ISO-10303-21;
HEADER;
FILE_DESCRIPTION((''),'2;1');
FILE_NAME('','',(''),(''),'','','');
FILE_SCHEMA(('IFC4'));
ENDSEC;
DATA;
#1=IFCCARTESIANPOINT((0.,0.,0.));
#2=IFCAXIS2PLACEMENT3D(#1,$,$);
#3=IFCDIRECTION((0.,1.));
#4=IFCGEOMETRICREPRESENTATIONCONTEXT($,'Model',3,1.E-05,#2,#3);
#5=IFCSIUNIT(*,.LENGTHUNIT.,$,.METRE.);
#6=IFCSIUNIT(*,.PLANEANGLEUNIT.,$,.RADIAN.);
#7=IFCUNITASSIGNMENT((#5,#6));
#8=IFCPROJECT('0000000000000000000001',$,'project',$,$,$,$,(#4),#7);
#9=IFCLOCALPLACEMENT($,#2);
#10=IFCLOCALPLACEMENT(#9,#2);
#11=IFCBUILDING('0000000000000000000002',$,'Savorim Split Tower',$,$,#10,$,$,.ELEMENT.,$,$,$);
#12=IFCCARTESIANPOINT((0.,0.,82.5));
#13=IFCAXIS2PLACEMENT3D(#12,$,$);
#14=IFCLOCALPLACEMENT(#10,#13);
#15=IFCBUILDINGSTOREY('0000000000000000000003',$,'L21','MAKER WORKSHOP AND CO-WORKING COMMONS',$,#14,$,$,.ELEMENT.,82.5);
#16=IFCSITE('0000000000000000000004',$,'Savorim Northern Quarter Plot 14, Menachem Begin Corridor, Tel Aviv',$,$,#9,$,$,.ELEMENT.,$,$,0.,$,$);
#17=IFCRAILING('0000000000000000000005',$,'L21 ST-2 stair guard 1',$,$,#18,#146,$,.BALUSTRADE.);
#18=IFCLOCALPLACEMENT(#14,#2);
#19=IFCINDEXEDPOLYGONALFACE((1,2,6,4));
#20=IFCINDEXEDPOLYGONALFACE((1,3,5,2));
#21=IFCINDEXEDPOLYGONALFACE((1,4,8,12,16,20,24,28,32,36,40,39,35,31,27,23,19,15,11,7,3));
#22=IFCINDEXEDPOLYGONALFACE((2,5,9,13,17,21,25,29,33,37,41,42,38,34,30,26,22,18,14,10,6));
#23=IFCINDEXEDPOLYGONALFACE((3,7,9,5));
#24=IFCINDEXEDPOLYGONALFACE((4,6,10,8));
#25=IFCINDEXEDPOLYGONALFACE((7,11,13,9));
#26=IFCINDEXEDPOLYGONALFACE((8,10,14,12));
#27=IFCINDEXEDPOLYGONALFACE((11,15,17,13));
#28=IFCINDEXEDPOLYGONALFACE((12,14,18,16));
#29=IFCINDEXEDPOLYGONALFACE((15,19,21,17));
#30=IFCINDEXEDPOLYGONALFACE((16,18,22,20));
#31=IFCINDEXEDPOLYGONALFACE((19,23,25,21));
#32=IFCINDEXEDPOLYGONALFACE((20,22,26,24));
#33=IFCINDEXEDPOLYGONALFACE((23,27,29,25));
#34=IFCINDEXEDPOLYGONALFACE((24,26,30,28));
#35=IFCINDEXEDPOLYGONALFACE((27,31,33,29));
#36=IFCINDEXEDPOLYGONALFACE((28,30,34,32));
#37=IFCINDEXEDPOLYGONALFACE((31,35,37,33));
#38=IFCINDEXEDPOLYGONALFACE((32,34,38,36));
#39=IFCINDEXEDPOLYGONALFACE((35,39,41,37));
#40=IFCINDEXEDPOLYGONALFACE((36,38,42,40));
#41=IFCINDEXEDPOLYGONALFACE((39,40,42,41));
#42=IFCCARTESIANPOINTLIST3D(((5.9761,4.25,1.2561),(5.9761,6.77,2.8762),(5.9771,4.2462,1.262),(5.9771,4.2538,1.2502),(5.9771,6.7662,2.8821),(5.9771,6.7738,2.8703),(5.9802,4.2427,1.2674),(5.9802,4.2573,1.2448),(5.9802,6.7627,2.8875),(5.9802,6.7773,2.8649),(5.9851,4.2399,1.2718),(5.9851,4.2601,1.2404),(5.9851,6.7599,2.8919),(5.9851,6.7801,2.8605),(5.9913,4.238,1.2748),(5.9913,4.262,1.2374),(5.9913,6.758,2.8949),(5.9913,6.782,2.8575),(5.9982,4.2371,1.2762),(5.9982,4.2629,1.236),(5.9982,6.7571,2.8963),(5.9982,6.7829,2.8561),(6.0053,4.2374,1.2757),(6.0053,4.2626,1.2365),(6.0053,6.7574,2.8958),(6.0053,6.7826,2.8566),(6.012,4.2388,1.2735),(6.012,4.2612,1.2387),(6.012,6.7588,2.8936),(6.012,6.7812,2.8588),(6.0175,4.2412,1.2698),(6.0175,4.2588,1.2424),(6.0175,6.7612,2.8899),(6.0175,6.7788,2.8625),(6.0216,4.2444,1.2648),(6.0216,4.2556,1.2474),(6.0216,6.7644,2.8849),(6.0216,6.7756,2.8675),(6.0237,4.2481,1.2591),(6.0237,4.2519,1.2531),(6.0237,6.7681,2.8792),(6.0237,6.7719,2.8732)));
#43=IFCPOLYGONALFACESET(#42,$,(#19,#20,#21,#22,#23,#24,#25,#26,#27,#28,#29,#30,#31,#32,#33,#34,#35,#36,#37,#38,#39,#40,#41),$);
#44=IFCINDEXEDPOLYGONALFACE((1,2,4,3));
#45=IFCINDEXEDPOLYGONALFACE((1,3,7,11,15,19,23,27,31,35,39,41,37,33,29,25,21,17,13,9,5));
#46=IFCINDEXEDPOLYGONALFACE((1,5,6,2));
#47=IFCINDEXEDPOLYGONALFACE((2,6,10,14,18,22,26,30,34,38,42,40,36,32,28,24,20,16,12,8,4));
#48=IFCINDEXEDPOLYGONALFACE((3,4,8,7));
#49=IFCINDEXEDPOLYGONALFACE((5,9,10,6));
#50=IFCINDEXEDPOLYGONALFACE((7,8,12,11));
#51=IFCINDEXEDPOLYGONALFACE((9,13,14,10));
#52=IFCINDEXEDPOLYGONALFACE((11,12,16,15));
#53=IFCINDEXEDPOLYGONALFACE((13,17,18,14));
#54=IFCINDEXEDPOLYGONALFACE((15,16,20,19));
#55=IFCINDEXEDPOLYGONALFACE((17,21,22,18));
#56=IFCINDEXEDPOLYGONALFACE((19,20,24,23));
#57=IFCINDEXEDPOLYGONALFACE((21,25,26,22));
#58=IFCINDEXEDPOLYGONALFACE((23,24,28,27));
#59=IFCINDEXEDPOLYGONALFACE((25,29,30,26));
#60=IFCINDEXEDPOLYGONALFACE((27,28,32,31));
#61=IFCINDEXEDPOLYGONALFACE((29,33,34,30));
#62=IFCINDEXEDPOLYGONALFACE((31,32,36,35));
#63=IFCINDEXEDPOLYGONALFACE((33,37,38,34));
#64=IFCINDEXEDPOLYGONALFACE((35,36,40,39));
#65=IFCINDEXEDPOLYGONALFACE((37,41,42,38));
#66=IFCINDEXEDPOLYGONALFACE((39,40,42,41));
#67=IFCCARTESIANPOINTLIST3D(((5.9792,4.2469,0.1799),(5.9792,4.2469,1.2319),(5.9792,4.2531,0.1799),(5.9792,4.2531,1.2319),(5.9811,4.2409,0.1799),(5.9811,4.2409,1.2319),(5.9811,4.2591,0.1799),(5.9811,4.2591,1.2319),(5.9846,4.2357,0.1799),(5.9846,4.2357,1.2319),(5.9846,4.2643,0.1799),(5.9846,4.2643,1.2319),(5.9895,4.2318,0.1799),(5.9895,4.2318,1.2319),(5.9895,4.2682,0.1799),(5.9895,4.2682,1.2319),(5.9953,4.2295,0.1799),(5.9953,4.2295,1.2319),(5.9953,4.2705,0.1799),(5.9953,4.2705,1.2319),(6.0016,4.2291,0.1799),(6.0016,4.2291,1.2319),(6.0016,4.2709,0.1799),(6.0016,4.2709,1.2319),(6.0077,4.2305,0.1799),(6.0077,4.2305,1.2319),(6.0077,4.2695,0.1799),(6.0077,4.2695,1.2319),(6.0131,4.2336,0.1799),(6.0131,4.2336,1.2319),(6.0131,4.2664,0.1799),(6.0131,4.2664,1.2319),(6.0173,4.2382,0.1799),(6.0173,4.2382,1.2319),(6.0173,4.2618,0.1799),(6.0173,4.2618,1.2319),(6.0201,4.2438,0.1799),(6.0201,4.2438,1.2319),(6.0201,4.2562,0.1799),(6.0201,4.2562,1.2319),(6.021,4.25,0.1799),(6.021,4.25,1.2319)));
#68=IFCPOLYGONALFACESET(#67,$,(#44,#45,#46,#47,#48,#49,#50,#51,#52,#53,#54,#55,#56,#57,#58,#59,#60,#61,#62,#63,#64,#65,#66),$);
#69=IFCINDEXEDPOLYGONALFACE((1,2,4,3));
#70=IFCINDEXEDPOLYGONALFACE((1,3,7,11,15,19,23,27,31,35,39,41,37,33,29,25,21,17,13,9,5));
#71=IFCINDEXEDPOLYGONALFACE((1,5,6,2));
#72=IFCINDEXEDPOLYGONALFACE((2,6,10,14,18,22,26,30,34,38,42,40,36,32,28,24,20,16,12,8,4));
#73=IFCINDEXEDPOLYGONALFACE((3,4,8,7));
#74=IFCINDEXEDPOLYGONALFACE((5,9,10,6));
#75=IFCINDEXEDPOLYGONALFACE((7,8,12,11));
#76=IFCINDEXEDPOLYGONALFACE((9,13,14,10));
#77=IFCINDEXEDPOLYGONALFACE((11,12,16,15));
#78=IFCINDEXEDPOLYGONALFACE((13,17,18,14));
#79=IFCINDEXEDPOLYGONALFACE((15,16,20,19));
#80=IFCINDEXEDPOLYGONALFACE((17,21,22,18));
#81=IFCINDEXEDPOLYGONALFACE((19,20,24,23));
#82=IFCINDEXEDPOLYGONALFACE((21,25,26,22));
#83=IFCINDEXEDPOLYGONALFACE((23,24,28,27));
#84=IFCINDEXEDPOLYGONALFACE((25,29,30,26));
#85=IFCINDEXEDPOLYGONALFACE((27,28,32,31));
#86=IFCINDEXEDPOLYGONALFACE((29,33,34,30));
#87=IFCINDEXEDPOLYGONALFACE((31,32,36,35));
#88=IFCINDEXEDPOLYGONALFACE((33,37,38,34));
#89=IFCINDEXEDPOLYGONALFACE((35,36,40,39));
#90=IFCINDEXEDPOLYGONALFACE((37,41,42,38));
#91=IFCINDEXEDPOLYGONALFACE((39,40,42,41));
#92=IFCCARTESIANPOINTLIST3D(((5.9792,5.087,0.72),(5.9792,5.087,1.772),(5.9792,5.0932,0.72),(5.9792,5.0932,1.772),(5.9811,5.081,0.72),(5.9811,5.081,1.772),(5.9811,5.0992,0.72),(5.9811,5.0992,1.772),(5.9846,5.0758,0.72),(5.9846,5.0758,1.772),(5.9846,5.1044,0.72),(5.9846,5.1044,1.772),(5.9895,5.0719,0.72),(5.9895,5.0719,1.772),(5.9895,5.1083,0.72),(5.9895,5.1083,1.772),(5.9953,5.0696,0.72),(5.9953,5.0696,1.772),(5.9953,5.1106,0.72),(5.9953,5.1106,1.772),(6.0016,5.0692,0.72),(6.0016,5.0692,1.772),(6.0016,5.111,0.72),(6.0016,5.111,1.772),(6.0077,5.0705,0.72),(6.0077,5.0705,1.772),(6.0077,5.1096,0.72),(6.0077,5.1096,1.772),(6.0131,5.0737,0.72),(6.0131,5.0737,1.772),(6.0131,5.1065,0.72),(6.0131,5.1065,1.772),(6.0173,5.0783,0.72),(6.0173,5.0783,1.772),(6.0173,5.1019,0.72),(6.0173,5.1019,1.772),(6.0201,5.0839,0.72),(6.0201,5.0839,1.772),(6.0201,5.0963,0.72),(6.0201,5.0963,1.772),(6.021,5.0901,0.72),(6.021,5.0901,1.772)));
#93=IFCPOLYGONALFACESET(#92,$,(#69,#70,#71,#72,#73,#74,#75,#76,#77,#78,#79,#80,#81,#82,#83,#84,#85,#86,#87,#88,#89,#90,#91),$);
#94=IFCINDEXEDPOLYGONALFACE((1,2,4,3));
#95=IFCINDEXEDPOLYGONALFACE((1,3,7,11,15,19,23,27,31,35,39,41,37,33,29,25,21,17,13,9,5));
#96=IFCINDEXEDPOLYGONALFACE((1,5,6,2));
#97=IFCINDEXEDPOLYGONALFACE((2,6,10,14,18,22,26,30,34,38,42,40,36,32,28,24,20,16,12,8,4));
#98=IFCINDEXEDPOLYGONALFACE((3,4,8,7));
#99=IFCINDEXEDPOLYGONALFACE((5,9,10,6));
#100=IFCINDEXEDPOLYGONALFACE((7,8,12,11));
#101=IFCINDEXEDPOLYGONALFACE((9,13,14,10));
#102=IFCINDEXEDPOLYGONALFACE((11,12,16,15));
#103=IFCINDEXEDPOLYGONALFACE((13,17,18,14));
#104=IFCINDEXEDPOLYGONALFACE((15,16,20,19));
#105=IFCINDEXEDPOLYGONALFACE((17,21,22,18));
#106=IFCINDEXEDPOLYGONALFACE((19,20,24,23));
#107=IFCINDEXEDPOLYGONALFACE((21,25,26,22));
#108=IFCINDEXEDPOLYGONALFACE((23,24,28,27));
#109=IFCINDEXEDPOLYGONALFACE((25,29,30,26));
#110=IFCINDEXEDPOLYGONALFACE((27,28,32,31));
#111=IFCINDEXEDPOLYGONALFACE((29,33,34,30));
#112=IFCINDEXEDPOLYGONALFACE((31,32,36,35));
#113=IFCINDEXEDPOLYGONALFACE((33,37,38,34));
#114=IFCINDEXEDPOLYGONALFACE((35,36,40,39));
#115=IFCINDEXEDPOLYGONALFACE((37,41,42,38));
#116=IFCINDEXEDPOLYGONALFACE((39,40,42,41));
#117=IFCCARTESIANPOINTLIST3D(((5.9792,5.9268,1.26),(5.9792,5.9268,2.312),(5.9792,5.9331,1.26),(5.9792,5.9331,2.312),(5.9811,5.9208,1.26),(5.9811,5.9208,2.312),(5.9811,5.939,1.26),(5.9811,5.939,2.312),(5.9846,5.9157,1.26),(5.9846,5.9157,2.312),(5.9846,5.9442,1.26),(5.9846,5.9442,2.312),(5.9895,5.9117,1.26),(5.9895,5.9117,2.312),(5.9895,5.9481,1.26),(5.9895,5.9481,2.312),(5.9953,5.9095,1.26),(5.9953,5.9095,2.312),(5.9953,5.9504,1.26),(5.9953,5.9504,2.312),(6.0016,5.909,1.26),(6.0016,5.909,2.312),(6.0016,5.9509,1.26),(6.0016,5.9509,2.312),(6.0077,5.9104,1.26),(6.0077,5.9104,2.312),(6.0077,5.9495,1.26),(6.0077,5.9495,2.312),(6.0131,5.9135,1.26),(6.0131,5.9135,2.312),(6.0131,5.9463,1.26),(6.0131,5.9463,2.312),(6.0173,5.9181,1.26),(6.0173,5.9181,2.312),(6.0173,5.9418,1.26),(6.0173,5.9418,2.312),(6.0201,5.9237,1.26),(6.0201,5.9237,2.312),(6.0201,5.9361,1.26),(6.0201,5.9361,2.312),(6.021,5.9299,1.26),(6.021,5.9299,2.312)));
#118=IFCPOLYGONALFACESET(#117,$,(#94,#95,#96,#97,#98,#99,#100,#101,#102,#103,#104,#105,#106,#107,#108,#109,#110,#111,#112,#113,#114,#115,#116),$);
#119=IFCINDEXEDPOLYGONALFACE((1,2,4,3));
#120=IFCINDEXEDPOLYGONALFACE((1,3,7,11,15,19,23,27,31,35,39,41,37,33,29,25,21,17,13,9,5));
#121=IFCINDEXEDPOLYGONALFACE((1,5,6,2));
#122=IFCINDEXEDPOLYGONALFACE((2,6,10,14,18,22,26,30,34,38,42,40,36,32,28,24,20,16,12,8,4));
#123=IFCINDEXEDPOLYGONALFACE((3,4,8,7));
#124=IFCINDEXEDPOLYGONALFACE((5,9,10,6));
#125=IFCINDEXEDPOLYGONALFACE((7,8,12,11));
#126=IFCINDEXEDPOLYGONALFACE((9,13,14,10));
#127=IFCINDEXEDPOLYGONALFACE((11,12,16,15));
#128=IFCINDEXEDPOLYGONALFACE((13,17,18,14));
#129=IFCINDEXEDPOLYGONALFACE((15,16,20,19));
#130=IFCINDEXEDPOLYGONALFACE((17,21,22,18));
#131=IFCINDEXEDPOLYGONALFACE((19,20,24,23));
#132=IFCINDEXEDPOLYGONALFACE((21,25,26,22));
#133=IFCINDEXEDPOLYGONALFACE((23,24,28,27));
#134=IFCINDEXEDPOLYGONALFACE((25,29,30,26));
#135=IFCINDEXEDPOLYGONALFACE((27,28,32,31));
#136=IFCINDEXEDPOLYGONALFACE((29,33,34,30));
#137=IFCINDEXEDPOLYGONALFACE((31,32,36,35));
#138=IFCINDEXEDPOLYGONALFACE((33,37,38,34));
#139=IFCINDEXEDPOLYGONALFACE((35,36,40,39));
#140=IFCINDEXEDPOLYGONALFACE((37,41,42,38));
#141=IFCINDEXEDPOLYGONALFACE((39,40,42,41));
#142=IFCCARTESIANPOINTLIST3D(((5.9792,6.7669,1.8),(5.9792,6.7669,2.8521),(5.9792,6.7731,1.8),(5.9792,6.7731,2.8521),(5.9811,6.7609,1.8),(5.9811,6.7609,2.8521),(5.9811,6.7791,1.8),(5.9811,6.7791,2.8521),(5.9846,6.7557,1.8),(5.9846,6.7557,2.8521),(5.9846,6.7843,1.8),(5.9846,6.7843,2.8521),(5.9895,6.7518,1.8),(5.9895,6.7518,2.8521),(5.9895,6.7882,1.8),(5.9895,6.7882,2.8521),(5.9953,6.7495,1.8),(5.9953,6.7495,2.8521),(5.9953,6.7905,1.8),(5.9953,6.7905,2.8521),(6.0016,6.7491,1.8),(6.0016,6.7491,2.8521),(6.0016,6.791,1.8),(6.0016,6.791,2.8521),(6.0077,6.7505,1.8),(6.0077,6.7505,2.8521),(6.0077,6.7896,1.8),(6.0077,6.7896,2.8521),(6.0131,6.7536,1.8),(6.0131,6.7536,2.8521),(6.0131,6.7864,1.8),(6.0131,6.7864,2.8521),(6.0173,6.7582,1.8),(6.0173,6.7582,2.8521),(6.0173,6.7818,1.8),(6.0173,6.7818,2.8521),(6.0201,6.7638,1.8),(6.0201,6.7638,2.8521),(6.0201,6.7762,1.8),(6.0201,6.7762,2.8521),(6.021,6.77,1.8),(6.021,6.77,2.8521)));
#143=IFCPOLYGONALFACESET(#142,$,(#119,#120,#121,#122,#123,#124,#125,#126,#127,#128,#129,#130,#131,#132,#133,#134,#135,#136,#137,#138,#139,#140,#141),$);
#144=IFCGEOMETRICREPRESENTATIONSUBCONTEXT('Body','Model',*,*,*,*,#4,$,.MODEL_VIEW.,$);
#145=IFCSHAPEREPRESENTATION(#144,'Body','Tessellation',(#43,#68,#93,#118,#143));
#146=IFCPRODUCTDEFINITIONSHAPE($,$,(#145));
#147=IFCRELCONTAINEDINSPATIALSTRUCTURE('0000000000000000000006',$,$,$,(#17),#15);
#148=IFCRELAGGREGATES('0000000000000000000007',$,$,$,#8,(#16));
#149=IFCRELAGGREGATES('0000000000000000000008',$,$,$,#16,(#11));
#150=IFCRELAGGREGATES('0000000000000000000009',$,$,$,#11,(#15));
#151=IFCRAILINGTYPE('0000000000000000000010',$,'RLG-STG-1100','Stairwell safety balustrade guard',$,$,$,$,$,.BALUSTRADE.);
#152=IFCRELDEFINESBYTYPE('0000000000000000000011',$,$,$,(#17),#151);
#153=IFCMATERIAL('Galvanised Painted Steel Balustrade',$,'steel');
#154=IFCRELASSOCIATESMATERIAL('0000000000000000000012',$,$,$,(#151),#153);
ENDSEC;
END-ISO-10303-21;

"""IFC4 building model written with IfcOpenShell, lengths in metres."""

from ifc_helpers import new_model, si_unit, direction, frame, origin, origin_2d, place, context, subcontext, project, spatial, circle, extrude, material, type_object, element, save


model = new_model("IFC4")

# Units and contexts
model_context = context("Model", 3, precision=1e-05, world=origin(), true_north=direction((0.0, 1.0)))
body_context = subcontext(model_context, "Body", "Model", "MODEL_VIEW")
ifc_project = project(units=[si_unit("LENGTHUNIT", "METRE"), si_unit("PLANEANGLEUNIT", "RADIAN")], contexts=[model_context])

# Site, building, storey
site_placement = place(None, origin())
site = spatial("IfcSite", under=ifc_project, at=site_placement, Name="Savorim Northern Quarter Plot 14, Menachem Begin Corridor, Tel Aviv", CompositionType="ELEMENT", RefElevation=0.0)
building_placement = place(site_placement, origin())
building = spatial("IfcBuilding", under=site, at=building_placement, Name="Savorim Split Tower", CompositionType="ELEMENT")
storey_placement = place(building_placement, frame((0.0, 0.0, 82.5)))
storey = spatial("IfcBuildingStorey", under=building, at=storey_placement, Name="L21", Description="MAKER WORKSHOP AND CO-WORKING COMMONS", CompositionType="ELEMENT", Elevation=82.5)

# Railing
ifc_material_1 = material(Name="Galvanised Painted Steel Balustrade", Category="steel")
railing_type_1 = type_object("IfcRailingType", Name="RLG-STG-1100", Description="Stairwell safety balustrade guard", PredefinedType="BALUSTRADE", material=ifc_material_1)
railing_1_placement = place(storey_placement, frame((6.0, 4.25, 0.1799)))
element("IfcRailing", 1, at=railing_1_placement, inside=storey, type_object=railing_type_1, Name="L21 ST-2 stair guard 1", PredefinedType="BALUSTRADE", context=body_context, shape_type="SweptSolid", body=[
    extrude(circle(Radius=0.0239, at=origin_2d()), frame((0.0, 0.0, 1.0762), z_axis=(0.0, 0.841163, 0.540782), x_axis=(-1.0, 0.0, 0.0)), (0.0, 0.0, 1.0), 2.9958),
    extrude(circle(Radius=0.021, at=origin_2d()), origin(), (0.0, 0.0, 1.0), 1.052),
    extrude(circle(Radius=0.021, at=origin_2d()), frame((0.0, 0.8401, 0.54)), (0.0, 0.0, 1.0), 1.052),
    extrude(circle(Radius=0.021, at=origin_2d()), frame((0.0, 1.6799, 1.0801)), (0.0, 0.0, 1.0), 1.052),
    extrude(circle(Radius=0.021, at=origin_2d()), frame((0.0, 2.52, 1.6201)), (0.0, 0.0, 1.0), 1.052),
])

save(model, "model.ifc")
